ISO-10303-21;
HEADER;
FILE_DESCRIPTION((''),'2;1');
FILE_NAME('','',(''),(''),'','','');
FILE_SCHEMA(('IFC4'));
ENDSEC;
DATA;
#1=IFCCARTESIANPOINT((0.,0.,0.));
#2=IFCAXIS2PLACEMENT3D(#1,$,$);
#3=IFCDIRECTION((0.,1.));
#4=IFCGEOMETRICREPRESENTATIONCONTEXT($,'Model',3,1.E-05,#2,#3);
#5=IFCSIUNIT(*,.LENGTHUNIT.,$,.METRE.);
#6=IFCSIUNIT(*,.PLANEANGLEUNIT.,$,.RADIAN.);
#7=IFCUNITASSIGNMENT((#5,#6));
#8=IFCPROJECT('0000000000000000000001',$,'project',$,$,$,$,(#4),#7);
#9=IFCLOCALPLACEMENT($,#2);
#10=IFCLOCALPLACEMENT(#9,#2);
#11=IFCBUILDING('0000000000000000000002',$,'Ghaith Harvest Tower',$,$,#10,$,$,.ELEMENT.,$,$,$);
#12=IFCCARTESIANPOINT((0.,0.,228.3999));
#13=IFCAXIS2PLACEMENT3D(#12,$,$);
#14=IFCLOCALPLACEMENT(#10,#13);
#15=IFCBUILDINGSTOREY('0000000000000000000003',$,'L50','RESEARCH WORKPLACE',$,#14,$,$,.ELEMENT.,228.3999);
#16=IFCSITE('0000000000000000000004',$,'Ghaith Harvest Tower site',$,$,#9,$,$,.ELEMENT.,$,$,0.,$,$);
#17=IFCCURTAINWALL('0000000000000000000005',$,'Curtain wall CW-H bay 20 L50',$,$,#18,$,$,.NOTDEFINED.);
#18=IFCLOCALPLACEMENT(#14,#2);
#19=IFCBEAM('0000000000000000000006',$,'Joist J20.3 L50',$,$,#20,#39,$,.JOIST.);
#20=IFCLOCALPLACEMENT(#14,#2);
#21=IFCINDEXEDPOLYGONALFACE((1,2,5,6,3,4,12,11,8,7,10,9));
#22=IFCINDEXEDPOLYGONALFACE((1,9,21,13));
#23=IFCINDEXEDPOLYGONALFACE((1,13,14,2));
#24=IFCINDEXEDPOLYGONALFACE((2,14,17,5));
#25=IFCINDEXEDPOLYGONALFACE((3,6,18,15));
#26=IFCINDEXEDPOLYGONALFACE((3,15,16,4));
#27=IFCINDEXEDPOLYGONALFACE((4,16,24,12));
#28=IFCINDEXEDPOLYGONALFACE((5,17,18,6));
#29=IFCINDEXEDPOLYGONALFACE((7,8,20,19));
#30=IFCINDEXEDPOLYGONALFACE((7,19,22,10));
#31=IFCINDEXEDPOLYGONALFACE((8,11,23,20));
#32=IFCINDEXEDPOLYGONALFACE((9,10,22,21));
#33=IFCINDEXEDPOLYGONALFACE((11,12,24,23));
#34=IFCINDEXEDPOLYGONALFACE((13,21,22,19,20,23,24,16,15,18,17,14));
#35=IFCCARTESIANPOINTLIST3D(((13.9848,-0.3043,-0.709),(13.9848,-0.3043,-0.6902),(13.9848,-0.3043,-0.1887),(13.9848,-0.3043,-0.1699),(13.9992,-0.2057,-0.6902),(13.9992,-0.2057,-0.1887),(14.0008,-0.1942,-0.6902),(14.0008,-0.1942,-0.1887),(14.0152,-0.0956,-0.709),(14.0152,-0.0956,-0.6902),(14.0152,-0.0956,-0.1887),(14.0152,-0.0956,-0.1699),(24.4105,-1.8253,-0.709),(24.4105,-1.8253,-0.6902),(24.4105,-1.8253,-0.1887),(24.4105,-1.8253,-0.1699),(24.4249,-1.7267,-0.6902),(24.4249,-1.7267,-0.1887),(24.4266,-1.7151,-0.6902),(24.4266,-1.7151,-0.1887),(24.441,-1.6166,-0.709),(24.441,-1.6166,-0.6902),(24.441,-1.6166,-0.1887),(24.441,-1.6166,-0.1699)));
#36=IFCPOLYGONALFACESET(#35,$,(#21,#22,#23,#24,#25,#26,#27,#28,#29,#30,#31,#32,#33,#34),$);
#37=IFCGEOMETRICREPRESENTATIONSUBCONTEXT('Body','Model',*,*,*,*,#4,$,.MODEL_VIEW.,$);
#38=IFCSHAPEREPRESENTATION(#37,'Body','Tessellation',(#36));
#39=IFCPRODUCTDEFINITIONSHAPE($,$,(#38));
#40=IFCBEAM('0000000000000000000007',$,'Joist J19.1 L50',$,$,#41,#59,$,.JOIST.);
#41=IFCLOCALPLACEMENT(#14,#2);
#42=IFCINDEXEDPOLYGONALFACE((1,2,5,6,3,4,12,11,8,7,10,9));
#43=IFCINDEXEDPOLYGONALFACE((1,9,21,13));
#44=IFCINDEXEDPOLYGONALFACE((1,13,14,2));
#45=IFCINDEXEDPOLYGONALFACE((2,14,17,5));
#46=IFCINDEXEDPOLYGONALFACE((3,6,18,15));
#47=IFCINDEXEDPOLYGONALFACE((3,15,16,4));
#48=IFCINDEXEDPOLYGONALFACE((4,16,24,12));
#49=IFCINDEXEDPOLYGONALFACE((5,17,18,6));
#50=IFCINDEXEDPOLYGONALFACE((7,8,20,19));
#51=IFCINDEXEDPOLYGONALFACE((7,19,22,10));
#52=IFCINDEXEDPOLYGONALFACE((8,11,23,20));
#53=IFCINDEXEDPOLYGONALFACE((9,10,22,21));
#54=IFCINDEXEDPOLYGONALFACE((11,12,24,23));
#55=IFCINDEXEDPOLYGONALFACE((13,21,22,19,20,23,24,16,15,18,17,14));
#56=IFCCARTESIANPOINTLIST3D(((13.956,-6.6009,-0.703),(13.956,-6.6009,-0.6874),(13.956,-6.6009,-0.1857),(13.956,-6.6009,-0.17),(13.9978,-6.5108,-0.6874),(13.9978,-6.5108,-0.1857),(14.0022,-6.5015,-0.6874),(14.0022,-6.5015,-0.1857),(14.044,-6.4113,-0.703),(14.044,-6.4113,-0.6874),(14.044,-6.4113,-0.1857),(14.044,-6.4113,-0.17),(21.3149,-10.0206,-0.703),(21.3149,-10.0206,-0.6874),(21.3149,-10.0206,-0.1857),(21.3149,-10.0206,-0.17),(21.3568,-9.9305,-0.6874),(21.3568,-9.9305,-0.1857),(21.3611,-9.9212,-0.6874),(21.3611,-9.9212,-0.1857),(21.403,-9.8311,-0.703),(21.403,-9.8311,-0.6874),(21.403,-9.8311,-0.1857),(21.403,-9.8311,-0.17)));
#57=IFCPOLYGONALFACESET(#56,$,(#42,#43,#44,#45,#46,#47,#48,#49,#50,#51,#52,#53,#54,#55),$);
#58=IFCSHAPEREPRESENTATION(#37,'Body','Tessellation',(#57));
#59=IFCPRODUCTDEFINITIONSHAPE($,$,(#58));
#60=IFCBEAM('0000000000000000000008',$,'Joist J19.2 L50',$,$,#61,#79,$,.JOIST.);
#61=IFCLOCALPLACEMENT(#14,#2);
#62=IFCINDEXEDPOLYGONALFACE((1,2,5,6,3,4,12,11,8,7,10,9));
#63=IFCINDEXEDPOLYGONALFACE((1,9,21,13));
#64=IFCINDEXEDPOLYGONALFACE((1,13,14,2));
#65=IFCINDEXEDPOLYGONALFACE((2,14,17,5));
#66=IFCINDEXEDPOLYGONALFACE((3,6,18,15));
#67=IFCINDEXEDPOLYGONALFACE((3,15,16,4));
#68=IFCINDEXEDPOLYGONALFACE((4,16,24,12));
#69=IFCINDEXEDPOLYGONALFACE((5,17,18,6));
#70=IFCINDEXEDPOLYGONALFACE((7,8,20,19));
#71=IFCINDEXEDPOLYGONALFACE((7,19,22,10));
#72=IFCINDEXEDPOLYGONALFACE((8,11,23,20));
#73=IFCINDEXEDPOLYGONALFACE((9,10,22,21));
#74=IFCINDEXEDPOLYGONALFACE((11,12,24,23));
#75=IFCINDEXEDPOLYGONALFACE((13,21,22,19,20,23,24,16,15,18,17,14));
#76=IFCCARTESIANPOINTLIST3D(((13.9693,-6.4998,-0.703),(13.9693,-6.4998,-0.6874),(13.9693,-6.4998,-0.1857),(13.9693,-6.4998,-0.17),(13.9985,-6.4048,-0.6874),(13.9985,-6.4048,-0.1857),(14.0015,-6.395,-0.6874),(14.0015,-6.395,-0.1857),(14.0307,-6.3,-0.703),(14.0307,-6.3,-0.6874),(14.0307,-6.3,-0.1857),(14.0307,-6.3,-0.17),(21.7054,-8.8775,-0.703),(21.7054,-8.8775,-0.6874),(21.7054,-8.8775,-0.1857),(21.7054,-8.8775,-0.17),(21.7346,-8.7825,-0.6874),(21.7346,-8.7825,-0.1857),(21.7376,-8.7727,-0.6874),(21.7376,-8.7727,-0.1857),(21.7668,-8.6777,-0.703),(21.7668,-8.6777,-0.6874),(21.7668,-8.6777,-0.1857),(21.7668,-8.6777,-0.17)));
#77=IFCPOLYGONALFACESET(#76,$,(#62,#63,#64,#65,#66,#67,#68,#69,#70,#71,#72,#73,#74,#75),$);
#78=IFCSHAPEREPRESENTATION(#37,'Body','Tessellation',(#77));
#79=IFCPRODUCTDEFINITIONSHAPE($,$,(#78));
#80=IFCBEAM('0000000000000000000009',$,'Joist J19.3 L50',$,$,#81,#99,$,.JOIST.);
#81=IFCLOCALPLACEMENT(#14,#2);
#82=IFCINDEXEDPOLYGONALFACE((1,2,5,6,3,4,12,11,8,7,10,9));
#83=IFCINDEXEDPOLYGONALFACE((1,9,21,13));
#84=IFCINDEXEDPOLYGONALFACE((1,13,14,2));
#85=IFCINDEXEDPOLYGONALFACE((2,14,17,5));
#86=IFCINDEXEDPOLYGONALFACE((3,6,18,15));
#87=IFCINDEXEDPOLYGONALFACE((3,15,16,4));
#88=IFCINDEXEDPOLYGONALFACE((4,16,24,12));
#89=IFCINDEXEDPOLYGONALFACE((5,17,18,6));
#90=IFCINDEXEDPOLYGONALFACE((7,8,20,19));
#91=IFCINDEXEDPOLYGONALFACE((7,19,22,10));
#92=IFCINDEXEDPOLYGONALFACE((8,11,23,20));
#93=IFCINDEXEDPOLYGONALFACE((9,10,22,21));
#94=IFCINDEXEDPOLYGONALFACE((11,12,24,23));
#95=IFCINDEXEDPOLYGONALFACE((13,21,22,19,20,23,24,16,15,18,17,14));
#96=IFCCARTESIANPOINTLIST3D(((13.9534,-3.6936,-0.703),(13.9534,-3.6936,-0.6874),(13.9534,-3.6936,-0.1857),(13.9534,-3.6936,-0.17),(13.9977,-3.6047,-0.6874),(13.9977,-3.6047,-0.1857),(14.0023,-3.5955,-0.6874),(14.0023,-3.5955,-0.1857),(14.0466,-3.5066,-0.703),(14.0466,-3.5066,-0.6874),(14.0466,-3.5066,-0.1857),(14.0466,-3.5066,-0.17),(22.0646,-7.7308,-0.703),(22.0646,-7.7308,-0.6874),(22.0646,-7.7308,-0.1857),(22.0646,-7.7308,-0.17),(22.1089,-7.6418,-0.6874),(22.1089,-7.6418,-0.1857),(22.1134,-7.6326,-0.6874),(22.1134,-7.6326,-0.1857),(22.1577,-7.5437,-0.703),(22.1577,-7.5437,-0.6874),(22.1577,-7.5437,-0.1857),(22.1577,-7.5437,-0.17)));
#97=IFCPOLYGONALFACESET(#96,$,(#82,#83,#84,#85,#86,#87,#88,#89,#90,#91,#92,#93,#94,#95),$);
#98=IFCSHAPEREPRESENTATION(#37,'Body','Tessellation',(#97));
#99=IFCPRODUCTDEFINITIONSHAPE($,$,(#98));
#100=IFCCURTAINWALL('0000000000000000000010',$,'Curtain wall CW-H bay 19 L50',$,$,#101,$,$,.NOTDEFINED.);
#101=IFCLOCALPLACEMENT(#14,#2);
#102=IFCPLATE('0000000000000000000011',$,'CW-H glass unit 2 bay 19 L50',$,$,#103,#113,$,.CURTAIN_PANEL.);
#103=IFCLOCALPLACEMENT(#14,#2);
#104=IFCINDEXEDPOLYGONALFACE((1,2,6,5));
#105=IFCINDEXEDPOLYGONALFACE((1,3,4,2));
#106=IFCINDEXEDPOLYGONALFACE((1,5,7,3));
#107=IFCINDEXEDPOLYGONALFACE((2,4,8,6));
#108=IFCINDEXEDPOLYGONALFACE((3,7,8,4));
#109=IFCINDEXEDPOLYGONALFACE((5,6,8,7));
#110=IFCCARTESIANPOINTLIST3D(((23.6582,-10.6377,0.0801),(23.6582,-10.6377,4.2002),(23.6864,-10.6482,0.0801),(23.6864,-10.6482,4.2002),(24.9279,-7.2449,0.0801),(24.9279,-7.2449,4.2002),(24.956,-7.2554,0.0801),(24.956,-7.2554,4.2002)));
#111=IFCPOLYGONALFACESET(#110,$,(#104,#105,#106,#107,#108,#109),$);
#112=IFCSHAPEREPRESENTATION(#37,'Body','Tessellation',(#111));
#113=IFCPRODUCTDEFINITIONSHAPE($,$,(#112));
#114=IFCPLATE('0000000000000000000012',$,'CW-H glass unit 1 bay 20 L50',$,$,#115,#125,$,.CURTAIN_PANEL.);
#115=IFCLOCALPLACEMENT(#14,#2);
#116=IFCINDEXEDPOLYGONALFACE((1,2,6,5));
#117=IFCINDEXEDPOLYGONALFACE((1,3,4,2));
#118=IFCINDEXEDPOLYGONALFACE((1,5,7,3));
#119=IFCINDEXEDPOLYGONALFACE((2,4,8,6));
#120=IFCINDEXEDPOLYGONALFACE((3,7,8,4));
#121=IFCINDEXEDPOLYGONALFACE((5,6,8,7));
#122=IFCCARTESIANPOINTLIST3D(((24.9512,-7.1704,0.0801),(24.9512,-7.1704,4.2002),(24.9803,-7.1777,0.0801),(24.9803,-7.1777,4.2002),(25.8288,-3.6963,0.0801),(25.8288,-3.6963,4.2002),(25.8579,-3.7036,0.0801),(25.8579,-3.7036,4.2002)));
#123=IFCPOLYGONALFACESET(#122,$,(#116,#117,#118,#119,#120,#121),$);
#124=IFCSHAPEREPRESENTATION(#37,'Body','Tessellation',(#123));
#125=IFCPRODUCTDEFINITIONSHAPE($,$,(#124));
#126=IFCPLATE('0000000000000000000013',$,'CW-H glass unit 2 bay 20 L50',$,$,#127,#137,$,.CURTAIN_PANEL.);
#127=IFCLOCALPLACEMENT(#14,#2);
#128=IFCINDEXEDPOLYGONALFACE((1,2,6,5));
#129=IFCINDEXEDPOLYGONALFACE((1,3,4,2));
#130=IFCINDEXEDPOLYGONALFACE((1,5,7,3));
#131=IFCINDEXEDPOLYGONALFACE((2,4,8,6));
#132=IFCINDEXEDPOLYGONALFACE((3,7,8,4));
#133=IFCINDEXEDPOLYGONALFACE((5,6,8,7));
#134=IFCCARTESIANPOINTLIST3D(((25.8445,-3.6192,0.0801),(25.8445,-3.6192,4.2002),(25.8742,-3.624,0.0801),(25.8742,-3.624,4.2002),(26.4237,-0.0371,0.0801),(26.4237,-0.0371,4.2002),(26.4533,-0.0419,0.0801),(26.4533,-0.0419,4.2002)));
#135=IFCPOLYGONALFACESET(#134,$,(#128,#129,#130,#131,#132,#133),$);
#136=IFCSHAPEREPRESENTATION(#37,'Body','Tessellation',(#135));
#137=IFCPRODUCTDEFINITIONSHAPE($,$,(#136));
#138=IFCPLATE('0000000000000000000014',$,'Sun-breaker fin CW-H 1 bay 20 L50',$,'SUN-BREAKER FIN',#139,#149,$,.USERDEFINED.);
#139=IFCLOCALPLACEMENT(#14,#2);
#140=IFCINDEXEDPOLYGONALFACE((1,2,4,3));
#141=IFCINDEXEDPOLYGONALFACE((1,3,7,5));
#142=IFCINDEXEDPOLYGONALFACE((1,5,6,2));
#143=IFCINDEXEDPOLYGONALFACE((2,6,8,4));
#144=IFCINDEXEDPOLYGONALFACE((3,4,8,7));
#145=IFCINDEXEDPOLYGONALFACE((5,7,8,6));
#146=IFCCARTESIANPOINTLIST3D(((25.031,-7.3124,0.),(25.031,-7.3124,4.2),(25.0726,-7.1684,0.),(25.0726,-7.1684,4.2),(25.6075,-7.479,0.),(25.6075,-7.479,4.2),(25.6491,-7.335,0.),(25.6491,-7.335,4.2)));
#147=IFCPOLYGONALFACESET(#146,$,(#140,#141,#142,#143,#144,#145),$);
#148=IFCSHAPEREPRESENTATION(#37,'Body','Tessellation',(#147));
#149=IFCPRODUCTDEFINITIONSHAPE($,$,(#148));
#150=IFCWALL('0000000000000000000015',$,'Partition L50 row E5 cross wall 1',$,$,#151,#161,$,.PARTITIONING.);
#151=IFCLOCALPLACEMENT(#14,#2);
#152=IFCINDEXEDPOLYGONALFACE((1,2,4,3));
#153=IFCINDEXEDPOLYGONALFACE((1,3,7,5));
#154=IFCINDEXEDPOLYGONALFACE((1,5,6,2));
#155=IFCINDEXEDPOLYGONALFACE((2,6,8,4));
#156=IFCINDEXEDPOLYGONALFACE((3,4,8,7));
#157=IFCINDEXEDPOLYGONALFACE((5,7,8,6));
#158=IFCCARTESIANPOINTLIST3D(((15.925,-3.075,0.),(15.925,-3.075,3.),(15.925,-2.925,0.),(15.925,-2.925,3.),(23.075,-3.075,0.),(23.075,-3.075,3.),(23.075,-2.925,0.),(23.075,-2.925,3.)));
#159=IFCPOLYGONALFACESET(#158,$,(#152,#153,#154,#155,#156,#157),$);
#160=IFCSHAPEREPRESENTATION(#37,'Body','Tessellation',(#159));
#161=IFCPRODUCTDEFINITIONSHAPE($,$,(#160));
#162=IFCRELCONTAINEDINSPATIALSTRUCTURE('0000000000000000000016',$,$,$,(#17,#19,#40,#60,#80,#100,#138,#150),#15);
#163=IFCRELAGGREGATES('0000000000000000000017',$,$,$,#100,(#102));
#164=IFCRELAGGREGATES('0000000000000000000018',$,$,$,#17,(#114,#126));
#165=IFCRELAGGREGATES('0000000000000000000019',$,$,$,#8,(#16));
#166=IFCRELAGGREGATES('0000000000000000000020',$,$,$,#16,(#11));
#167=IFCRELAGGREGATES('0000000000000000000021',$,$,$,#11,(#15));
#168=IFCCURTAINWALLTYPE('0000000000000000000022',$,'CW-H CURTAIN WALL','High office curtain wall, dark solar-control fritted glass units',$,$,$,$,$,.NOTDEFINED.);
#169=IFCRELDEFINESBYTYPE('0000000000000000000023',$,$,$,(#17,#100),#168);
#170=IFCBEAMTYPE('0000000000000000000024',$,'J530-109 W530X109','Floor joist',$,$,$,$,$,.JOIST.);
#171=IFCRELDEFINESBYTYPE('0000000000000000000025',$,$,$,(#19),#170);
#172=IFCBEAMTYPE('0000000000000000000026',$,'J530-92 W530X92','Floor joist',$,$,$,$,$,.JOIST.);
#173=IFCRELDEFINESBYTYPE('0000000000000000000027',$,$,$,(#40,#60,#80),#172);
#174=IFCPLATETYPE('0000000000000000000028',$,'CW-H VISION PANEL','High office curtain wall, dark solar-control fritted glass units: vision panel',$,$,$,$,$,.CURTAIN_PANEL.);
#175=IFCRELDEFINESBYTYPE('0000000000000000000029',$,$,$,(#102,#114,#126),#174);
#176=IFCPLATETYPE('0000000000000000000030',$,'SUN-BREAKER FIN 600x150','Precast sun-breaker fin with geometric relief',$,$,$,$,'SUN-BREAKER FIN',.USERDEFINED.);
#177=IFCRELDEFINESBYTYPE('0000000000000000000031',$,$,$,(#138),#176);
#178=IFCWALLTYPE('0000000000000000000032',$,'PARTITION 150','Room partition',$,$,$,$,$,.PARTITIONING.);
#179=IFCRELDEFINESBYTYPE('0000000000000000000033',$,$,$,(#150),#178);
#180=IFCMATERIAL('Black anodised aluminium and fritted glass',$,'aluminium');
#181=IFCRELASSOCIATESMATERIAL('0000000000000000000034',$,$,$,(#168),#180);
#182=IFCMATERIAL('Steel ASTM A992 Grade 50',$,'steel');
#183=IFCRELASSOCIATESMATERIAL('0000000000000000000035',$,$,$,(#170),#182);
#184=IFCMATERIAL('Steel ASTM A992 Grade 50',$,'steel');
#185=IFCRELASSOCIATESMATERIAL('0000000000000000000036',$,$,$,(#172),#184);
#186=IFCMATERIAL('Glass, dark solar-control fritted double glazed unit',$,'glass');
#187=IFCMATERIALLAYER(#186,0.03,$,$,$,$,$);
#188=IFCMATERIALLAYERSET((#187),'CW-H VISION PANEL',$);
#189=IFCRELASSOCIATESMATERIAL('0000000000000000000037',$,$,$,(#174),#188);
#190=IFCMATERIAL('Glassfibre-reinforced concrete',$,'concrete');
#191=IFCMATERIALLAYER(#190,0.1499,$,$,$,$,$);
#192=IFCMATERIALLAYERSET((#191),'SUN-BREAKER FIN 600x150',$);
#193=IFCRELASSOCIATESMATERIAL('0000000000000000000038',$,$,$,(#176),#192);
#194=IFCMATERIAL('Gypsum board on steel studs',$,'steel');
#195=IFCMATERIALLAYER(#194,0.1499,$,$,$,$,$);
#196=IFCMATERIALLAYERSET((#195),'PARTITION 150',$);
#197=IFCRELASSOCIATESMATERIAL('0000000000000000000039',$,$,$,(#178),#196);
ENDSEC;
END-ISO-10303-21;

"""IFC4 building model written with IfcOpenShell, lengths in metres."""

from ifc_helpers import new_model, si_unit, direction, frame, frame_2d, origin, origin_2d, place, context, subcontext, project, spatial, rectangle, i_section, extrude, material, layer, layer_set, material_profile, profile_set, type_object, element, aggregate, save


model = new_model("IFC4")

# Units and contexts
model_context = context("Model", 3, precision=1e-05, world=origin(), true_north=direction((0.0, 1.0)))
body_context = subcontext(model_context, "Body", "Model", "MODEL_VIEW")
ifc_project = project(units=[si_unit("LENGTHUNIT", "METRE"), si_unit("PLANEANGLEUNIT", "RADIAN")], contexts=[model_context])

# Site, building, storey
site_placement = place(None, origin())
site = spatial("IfcSite", under=ifc_project, at=site_placement, Name="Ghaith Harvest Tower site", CompositionType="ELEMENT", RefElevation=0.0)
building_placement = place(site_placement, origin())
building = spatial("IfcBuilding", under=site, at=building_placement, Name="Ghaith Harvest Tower", CompositionType="ELEMENT")
storey_placement = place(building_placement, frame((0.0, 0.0, 228.3999)))
storey = spatial("IfcBuildingStorey", under=building, at=storey_placement, Name="L50", Description="RESEARCH WORKPLACE", CompositionType="ELEMENT", Elevation=228.3999)

# Curtain wall
ifc_material_1 = material(Name="Black anodised aluminium and fritted glass", Category="aluminium")
curtain_wall_type = type_object("IfcCurtainWallType", Name="CW-H CURTAIN WALL", Description="High office curtain wall, dark solar-control fritted glass units", PredefinedType="NOTDEFINED", material=ifc_material_1)
curtain_wall_1_placement = place(storey_placement, origin())
curtain_wall_1 = element("IfcCurtainWall", 1, at=curtain_wall_1_placement, inside=storey, type_object=curtain_wall_type, Name="Curtain wall CW-H bay 20 L50", PredefinedType="NOTDEFINED")

# Beams
ifc_material_2 = material(Name="Steel ASTM A992 Grade 50", Category="steel")
ifc_material_profile_1 = material_profile(ifc_material_2, i_section(OverallWidth=0.2109, OverallDepth=0.5391, WebThickness=0.0117, FlangeThickness=0.0188, at=origin_2d()), Name="W530X109")
ifc_profile_set_1 = profile_set([ifc_material_profile_1], Name="Steel ASTM A992 Grade 50")
beam_type_1 = type_object("IfcBeamType", Name="J530-109 W530X109", Description="Floor joist", PredefinedType="JOIST", material=ifc_profile_set_1)
beam_1_placement = place(storey_placement, frame((14.0, -0.2, -0.4395), z_axis=(0.989525, -0.14436, 0.0), x_axis=(0.14436, 0.989525, 0.0)))
element("IfcBeam", 2, at=beam_1_placement, inside=storey, type_object=beam_type_1, Name="Joist J20.3 L50", PredefinedType="JOIST", context=body_context, shape_type="SweptSolid", body=[
    extrude(i_section(OverallWidth=0.2109, OverallDepth=0.5391, WebThickness=0.0117, FlangeThickness=0.0188, at=origin_2d()), origin(), (0.0, 0.0, 1.0), 10.5361),
])
ifc_material_3 = material(Name="Steel ASTM A992 Grade 50", Category="steel")
ifc_material_profile_2 = material_profile(ifc_material_3, i_section(OverallWidth=0.209, OverallDepth=0.533, WebThickness=0.0103, FlangeThickness=0.0156, at=origin_2d()), Name="W530X92")
ifc_profile_set_2 = profile_set([ifc_material_profile_2], Name="Steel ASTM A992 Grade 50")
beam_type_2 = type_object("IfcBeamType", Name="J530-92 W530X92", Description="Floor joist", PredefinedType="JOIST", material=ifc_profile_set_2)
beam_2_placement = place(storey_placement, frame((14.0, -6.5061, -0.4365), z_axis=(0.906865, -0.421421, 0.0), x_axis=(0.421421, 0.906865, 0.0)))
element("IfcBeam", 3, at=beam_2_placement, inside=storey, type_object=beam_type_2, Name="Joist J19.1 L50", PredefinedType="JOIST", context=body_context, shape_type="SweptSolid", body=[
    extrude(i_section(OverallWidth=0.209, OverallDepth=0.533, WebThickness=0.0103, FlangeThickness=0.0156, at=origin_2d()), origin(), (0.0, 0.0, 1.0), 8.1147),
])
beam_3_placement = place(storey_placement, frame((14.0, -6.3999, -0.4365), z_axis=(0.955871, -0.293787, 0.0), x_axis=(0.293787, 0.955871, 0.0)))
element("IfcBeam", 4, at=beam_3_placement, inside=storey, type_object=beam_type_2, Name="Joist J19.2 L50", PredefinedType="JOIST", context=body_context, shape_type="SweptSolid", body=[
    extrude(i_section(OverallWidth=0.209, OverallDepth=0.533, WebThickness=0.0103, FlangeThickness=0.0156, at=origin_2d()), origin(), (0.0, 0.0, 1.0), 8.0933),
])
beam_4_placement = place(storey_placement, frame((14.0, -3.6001, -0.4365), z_axis=(0.895239, -0.445585, 0.0), x_axis=(0.445585, 0.895239, 0.0)))
element("IfcBeam", 5, at=beam_4_placement, inside=storey, type_object=beam_type_2, Name="Joist J19.3 L50", PredefinedType="JOIST", context=body_context, shape_type="SweptSolid", body=[
    extrude(i_section(OverallWidth=0.209, OverallDepth=0.533, WebThickness=0.0103, FlangeThickness=0.0156, at=origin_2d()), origin(), (0.0, 0.0, 1.0), 9.0603),
])

# Curtain wall, plate
curtain_wall_2_placement = place(storey_placement, origin())
curtain_wall_2 = element("IfcCurtainWall", 6, at=curtain_wall_2_placement, inside=storey, type_object=curtain_wall_type, Name="Curtain wall CW-H bay 19 L50", PredefinedType="NOTDEFINED")
ifc_material_4 = material(Name="Glass, dark solar-control fritted double glazed unit", Category="glass")
ifc_layer_1 = layer(ifc_material_4, 0.03)
ifc_layer_set_1 = layer_set([ifc_layer_1], Name="CW-H VISION PANEL")
plate_type_1 = type_object("IfcPlateType", Name="CW-H VISION PANEL", Description="High office curtain wall, dark solar-control fritted glass units: vision panel", PredefinedType="CURTAIN_PANEL", material=ifc_layer_set_1)
plate_1_placement = place(storey_placement, frame((24.3071, -8.9465, 0.0801), z_axis=(0.0, 0.0, 1.0), x_axis=(0.350481, 0.93657, 0.0)))
plate_1 = element("IfcPlate", 7, at=plate_1_placement, type_object=plate_type_1, Name="CW-H glass unit 2 bay 19 L50", PredefinedType="CURTAIN_PANEL", context=body_context, shape_type="SweptSolid", body=[
    extrude(rectangle(XDim=3.6226, YDim=0.03, at=origin_2d()), origin(), (0.0, 0.0, 1.0), 4.1201),
])
aggregate(curtain_wall_2, [plate_1])

# Plates
plate_2_placement = place(storey_placement, frame((25.4045, -5.437, 0.0801), z_axis=(0.0, 0.0, 1.0), x_axis=(0.244926, 0.969542, 0.0)))
plate_2 = element("IfcPlate", 8, at=plate_2_placement, type_object=plate_type_1, Name="CW-H glass unit 1 bay 20 L50", PredefinedType="CURTAIN_PANEL", context=body_context, shape_type="SweptSolid", body=[
    extrude(rectangle(XDim=3.5833, YDim=0.03, at=origin_2d()), origin(), (0.0, 0.0, 1.0), 4.1201),
])
plate_3_placement = place(storey_placement, frame((26.1489, -1.8306, 0.0801), z_axis=(0.0, 0.0, 1.0), x_axis=(0.159601, 0.987182, 0.0)))
plate_3 = element("IfcPlate", 9, at=plate_3_placement, type_object=plate_type_1, Name="CW-H glass unit 2 bay 20 L50", PredefinedType="CURTAIN_PANEL", context=body_context, shape_type="SweptSolid", body=[
    extrude(rectangle(XDim=3.6287, YDim=0.03, at=origin_2d()), origin(), (0.0, 0.0, 1.0), 4.1201),
])
aggregate(curtain_wall_1, [plate_2, plate_3])
ifc_material_5 = material(Name="Glassfibre-reinforced concrete", Category="concrete")
ifc_layer_2 = layer(ifc_material_5, 0.1499)
ifc_layer_set_2 = layer_set([ifc_layer_2], Name="SUN-BREAKER FIN 600x150")
plate_type_2 = type_object("IfcPlateType", Name="SUN-BREAKER FIN 600x150", Description="Precast sun-breaker fin with geometric relief", ElementType="SUN-BREAKER FIN", PredefinedType="USERDEFINED", material=ifc_layer_set_2)
plate_4_placement = place(storey_placement, frame((25.3401, -7.3237, 0.0), z_axis=(0.0, 0.0, 1.0), x_axis=(0.96068, -0.277657, 0.0)))
element("IfcPlate", 10, at=plate_4_placement, inside=storey, type_object=plate_type_2, Name="Sun-breaker fin CW-H 1 bay 20 L50", ObjectType="SUN-BREAKER FIN", PredefinedType="USERDEFINED", context=body_context, shape_type="SweptSolid", body=[
    extrude(rectangle(XDim=0.6001, YDim=0.1499, at=origin_2d()), origin(), (0.0, 0.0, 1.0), 4.2),
])

# Wall
ifc_material_6 = material(Name="Gypsum board on steel studs", Category="steel")
ifc_layer_3 = layer(ifc_material_6, 0.1499)
ifc_layer_set_3 = layer_set([ifc_layer_3], Name="PARTITION 150")
wall_type_1 = type_object("IfcWallType", Name="PARTITION 150", Description="Room partition", PredefinedType="PARTITIONING", material=ifc_layer_set_3)
wall_1_placement = place(storey_placement, frame((15.925, -3.0, 0.0), z_axis=(0.0, 0.0, 1.0), x_axis=(1.0, 0.0, 0.0)))
element("IfcWall", 11, at=wall_1_placement, inside=storey, type_object=wall_type_1, Name="Partition L50 row E5 cross wall 1", PredefinedType="PARTITIONING", context=body_context, shape_type="SweptSolid", body=[
    extrude(rectangle(XDim=7.1499, YDim=0.1499, at=frame_2d((3.575, 0.0))), origin(), (0.0, 0.0, 1.0), 3.0),
])

save(model, "model.ifc")
